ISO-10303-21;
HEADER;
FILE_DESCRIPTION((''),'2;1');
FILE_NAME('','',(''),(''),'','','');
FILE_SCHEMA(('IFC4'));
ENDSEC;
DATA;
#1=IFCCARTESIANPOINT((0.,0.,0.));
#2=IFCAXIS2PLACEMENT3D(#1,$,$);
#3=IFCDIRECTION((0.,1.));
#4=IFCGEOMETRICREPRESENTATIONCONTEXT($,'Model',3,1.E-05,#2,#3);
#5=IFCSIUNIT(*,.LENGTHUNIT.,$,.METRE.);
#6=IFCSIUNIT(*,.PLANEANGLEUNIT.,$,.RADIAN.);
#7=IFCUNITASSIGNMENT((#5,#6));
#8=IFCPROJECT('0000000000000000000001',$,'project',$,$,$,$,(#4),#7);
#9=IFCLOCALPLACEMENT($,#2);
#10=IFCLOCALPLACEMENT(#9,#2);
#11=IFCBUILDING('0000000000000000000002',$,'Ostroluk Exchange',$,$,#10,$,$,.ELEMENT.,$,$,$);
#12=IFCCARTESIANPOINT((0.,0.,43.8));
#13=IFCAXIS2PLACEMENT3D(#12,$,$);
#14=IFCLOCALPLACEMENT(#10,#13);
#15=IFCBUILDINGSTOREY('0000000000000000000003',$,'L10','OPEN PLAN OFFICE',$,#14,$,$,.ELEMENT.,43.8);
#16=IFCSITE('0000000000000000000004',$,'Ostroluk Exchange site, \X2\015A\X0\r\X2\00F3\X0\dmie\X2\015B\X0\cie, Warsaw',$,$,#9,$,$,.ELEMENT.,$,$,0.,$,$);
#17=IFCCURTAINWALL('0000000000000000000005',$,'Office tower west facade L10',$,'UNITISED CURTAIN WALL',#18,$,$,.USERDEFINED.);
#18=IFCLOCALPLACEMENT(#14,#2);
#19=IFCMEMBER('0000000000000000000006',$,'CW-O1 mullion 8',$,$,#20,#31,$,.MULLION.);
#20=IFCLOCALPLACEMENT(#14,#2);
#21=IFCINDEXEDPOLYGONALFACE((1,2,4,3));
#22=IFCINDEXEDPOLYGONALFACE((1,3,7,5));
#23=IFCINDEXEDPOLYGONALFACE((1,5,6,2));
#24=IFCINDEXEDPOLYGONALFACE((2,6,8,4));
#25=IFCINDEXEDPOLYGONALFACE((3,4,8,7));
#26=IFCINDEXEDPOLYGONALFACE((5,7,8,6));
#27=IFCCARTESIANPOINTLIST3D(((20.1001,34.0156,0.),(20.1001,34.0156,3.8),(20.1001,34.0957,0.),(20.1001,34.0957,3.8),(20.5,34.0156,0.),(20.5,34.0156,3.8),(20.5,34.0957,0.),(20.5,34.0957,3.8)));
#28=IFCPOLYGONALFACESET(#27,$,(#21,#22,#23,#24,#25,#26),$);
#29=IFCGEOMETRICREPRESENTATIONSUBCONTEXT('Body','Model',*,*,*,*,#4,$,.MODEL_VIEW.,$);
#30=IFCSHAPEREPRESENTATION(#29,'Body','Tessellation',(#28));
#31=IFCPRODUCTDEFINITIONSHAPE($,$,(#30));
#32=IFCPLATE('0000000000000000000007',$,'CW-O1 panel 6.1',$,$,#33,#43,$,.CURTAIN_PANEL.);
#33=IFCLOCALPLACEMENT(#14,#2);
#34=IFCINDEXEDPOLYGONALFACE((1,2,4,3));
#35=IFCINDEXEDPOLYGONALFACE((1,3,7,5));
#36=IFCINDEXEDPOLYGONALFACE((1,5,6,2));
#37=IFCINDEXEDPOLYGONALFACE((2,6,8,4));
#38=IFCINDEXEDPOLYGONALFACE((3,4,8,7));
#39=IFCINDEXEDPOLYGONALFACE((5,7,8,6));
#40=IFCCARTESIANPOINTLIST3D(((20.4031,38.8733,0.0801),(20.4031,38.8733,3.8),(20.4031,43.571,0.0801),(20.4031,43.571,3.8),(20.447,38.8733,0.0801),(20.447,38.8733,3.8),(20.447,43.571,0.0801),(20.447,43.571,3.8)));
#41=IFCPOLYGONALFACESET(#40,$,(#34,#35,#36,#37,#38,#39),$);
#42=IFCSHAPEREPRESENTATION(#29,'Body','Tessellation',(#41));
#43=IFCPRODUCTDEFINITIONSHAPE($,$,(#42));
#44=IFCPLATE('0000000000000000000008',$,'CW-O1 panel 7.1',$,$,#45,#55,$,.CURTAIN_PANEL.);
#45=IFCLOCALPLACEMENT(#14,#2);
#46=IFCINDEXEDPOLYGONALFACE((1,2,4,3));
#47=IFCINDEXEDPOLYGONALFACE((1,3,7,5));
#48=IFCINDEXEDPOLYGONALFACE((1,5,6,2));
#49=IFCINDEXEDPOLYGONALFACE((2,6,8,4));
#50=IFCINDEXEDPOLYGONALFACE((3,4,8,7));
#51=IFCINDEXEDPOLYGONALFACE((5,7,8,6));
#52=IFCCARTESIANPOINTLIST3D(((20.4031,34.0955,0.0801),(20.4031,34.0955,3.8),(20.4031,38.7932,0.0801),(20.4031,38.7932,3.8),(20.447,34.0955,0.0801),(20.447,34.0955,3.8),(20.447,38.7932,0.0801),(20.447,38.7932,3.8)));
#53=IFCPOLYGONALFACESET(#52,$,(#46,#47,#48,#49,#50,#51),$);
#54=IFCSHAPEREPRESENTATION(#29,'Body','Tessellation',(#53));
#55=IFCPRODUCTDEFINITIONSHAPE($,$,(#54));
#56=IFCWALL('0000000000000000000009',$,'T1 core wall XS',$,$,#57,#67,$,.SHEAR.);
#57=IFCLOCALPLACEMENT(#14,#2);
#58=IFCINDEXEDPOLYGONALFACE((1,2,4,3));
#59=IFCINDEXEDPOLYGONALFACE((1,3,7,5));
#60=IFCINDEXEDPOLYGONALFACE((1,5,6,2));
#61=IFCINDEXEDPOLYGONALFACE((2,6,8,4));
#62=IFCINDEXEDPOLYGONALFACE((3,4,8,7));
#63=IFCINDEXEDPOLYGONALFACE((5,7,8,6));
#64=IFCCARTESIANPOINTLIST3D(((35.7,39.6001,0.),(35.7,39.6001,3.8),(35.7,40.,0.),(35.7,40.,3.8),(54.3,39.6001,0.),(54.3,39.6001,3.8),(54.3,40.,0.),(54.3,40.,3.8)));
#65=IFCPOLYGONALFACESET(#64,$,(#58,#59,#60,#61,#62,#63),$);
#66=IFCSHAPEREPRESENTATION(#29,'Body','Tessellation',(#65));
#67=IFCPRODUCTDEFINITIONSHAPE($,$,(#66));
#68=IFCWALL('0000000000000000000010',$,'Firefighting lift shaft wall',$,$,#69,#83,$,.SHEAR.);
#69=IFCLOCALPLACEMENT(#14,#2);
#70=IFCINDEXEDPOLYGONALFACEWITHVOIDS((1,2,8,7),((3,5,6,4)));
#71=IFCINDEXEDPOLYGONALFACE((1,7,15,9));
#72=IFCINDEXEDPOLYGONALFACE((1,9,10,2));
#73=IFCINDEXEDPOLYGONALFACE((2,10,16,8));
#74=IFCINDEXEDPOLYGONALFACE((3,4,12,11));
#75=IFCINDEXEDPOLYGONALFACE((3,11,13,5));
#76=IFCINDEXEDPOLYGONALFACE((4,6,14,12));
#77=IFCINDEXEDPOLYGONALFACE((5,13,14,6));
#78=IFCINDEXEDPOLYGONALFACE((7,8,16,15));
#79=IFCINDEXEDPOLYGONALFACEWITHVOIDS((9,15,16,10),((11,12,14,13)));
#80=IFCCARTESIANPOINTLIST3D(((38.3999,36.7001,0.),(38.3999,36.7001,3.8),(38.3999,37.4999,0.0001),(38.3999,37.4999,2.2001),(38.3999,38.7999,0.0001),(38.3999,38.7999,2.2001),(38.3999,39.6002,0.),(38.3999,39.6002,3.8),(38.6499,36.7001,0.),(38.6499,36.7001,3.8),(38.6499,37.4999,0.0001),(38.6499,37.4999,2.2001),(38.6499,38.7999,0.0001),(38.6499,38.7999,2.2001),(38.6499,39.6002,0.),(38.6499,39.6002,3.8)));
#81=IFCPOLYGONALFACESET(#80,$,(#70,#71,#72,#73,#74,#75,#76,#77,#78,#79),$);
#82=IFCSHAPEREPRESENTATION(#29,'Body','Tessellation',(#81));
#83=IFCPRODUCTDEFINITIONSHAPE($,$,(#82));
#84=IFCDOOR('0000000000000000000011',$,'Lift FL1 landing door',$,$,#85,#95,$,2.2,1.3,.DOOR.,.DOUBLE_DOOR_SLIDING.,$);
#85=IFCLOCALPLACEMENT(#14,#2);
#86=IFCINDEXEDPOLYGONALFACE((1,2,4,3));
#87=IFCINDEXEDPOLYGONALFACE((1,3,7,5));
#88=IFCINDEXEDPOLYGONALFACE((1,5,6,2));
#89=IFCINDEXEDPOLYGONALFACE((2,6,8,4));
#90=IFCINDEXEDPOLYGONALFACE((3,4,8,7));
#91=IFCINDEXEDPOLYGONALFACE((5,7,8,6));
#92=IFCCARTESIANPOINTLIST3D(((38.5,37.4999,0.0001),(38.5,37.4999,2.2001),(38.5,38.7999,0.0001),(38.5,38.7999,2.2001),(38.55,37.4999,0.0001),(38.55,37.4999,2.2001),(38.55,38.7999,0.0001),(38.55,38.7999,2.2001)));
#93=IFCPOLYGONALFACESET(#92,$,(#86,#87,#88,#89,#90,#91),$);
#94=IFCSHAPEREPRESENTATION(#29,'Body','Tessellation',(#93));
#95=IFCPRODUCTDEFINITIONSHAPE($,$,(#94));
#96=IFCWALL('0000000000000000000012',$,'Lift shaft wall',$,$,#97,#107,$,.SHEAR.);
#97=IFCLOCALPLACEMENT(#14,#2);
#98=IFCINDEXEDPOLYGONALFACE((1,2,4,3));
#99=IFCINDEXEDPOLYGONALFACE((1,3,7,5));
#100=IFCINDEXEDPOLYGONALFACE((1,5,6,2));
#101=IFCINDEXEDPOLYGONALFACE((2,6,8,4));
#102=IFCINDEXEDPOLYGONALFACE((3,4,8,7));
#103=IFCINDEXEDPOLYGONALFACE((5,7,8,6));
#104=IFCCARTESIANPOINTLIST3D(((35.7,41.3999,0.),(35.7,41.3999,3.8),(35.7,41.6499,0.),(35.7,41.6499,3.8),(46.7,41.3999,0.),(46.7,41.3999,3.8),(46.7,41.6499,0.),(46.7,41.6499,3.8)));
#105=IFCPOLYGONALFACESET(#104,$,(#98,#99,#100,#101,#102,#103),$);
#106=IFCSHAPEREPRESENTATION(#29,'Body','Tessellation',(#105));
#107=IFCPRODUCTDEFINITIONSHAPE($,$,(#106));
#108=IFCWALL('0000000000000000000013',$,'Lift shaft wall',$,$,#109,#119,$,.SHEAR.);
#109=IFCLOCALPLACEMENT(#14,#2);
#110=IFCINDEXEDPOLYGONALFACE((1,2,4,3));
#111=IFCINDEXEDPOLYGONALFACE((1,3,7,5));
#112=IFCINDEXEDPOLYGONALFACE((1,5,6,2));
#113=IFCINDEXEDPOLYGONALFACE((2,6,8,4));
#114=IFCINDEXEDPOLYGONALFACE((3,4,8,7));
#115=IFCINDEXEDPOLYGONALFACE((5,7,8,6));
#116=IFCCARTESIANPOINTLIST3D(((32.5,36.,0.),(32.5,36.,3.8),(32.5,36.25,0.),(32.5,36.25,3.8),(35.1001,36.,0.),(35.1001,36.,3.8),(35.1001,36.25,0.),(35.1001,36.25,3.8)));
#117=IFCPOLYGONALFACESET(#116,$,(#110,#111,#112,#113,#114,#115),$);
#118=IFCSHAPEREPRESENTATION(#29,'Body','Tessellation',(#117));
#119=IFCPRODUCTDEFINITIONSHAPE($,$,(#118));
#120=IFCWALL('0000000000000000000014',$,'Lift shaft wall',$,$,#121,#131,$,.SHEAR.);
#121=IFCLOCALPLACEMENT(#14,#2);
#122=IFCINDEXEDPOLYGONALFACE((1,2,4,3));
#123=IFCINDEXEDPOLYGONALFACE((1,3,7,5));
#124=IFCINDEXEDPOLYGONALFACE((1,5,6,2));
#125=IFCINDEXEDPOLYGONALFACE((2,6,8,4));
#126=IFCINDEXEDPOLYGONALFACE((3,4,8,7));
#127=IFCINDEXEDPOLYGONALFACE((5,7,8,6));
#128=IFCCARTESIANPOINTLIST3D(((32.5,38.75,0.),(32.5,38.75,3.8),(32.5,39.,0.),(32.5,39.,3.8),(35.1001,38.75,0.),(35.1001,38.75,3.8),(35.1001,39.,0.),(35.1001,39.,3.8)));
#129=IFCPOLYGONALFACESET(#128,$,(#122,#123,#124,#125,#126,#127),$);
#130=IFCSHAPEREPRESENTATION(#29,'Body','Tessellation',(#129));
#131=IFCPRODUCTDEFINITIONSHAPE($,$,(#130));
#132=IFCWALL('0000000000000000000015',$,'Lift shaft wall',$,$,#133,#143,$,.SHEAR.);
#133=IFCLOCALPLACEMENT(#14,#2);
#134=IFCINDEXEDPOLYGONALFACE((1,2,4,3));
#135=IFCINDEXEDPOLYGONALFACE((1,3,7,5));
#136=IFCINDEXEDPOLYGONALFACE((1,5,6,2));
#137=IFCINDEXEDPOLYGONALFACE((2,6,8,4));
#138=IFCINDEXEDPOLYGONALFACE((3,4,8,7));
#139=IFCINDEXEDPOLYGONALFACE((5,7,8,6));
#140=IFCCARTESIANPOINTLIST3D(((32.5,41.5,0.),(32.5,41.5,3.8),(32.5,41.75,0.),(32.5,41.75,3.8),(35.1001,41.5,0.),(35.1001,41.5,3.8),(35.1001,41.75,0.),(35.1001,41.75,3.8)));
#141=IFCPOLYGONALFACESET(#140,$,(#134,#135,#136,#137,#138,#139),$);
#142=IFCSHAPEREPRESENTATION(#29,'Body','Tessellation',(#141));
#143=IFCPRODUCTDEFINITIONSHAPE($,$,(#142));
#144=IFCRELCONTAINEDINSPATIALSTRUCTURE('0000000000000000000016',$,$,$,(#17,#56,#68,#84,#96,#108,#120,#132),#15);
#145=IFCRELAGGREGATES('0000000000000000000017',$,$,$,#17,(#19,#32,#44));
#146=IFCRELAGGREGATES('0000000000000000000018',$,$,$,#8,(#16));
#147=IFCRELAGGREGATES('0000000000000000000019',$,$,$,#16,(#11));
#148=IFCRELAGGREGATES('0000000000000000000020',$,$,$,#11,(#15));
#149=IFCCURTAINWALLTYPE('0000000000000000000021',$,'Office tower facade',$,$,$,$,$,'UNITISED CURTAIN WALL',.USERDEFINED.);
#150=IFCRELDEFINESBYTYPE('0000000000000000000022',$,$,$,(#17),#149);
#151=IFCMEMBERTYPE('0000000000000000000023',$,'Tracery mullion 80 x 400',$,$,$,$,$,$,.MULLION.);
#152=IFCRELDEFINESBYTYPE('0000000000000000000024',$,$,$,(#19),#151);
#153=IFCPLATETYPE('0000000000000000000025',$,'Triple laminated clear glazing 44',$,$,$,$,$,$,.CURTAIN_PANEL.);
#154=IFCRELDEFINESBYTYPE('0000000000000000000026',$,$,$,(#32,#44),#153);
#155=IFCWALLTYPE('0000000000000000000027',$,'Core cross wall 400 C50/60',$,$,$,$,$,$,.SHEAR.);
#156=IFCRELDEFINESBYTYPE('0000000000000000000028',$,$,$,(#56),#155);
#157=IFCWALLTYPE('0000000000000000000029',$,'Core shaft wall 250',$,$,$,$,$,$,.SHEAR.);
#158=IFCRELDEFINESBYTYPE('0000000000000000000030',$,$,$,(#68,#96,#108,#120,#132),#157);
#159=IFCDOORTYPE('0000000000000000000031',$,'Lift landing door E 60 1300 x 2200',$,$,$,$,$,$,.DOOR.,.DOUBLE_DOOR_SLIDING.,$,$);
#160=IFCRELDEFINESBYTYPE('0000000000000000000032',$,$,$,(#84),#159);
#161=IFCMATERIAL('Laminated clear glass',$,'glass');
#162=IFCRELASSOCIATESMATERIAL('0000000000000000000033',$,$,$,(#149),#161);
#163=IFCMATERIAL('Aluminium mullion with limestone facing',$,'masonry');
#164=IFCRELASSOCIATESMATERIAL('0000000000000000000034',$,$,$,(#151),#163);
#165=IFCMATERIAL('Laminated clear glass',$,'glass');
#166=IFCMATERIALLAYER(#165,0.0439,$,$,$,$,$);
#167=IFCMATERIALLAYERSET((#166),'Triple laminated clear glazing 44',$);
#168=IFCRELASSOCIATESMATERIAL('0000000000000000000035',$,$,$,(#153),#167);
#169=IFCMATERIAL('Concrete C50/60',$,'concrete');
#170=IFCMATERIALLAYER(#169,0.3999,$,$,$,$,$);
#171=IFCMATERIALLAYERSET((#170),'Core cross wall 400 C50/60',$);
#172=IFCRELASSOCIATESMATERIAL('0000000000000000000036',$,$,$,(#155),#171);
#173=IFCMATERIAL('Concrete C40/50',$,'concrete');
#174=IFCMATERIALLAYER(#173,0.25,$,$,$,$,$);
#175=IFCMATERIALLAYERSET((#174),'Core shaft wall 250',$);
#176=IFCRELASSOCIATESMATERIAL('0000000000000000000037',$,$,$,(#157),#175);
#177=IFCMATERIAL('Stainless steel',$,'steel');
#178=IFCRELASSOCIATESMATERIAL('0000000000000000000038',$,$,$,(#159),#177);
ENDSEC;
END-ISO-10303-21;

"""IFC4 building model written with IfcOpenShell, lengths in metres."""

from ifc_helpers import new_model, si_unit, direction, frame, frame_2d, origin, origin_2d, place, context, subcontext, project, spatial, rectangle, extrude, material, layer, layer_set, material_profile, profile_set, type_object, element, fill, aggregate, save


model = new_model("IFC4")

# Units and contexts
model_context = context("Model", 3, precision=1e-05, world=origin(), true_north=direction((0.0, 1.0)))
body_context = subcontext(model_context, "Body", "Model", "MODEL_VIEW")
ifc_project = project(units=[si_unit("LENGTHUNIT", "METRE"), si_unit("PLANEANGLEUNIT", "RADIAN")], contexts=[model_context])

# Site, building, storey
site_placement = place(None, origin())
site = spatial("IfcSite", under=ifc_project, at=site_placement, Name="Ostroluk Exchange site, Śródmieście, Warsaw", CompositionType="ELEMENT", RefElevation=0.0)
building_placement = place(site_placement, origin())
building = spatial("IfcBuilding", under=site, at=building_placement, Name="Ostroluk Exchange", CompositionType="ELEMENT")
storey_placement = place(building_placement, frame((0.0, 0.0, 43.8)))
storey = spatial("IfcBuildingStorey", under=building, at=storey_placement, Name="L10", Description="OPEN PLAN OFFICE", CompositionType="ELEMENT", Elevation=43.8)

# Curtain wall, member, plates
ifc_material_1 = material(Name="Laminated clear glass", Category="glass")
curtain_wall_type = type_object("IfcCurtainWallType", Name="Office tower facade", ElementType="UNITISED CURTAIN WALL", PredefinedType="USERDEFINED", material=ifc_material_1)
curtain_wall_placement = place(storey_placement, origin())
curtain_wall = element("IfcCurtainWall", 1, at=curtain_wall_placement, inside=storey, type_object=curtain_wall_type, Name="Office tower west facade L10", ObjectType="UNITISED CURTAIN WALL", PredefinedType="USERDEFINED")
ifc_material_2 = material(Name="Aluminium mullion with limestone facing", Category="masonry")
ifc_material_profile_1 = material_profile(ifc_material_2, rectangle(XDim=0.3999, YDim=0.0801, at=origin_2d()), Name="Tracery mullion 80 x 400")
ifc_profile_set_1 = profile_set([ifc_material_profile_1], Name="Aluminium mullion with limestone facing")
member_type_1 = type_object("IfcMemberType", Name="Tracery mullion 80 x 400", PredefinedType="MULLION", material=ifc_profile_set_1)
member_1_placement = place(storey_placement, frame((20.3, 34.0557, 0.0), z_axis=(0.0, 0.0, 1.0), x_axis=(1.0, 0.0, 0.0)))
member_1 = element("IfcMember", 2, at=member_1_placement, type_object=member_type_1, Name="CW-O1 mullion 8", PredefinedType="MULLION", context=body_context, shape_type="SweptSolid", body=[
    extrude(rectangle(XDim=0.3999, YDim=0.0801, at=origin_2d()), origin(), (0.0, 0.0, 1.0), 3.8),
])
ifc_material_3 = material(Name="Laminated clear glass", Category="glass")
ifc_layer_1 = layer(ifc_material_3, 0.0439)
ifc_layer_set_1 = layer_set([ifc_layer_1], Name="Triple laminated clear glazing 44")
plate_type = type_object("IfcPlateType", Name="Triple laminated clear glazing 44", PredefinedType="CURTAIN_PANEL", material=ifc_layer_set_1)
plate_1_placement = place(storey_placement, frame((20.425, 41.2222, 0.0801), z_axis=(0.0, 0.0, 1.0), x_axis=(0.0, -1.0, 0.0)))
plate_1 = element("IfcPlate", 3, at=plate_1_placement, type_object=plate_type, Name="CW-O1 panel 6.1", PredefinedType="CURTAIN_PANEL", context=body_context, shape_type="SweptSolid", body=[
    extrude(rectangle(XDim=4.6978, YDim=0.0439, at=origin_2d()), origin(), (0.0, 0.0, 1.0), 3.72),
])
plate_2_placement = place(storey_placement, frame((20.425, 36.4443, 0.0801), z_axis=(0.0, 0.0, 1.0), x_axis=(0.0, -1.0, 0.0)))
plate_2 = element("IfcPlate", 4, at=plate_2_placement, type_object=plate_type, Name="CW-O1 panel 7.1", PredefinedType="CURTAIN_PANEL", context=body_context, shape_type="SweptSolid", body=[
    extrude(rectangle(XDim=4.6978, YDim=0.0439, at=origin_2d()), origin(), (0.0, 0.0, 1.0), 3.72),
])
aggregate(curtain_wall, [member_1, plate_1, plate_2])

# Wall
ifc_material_4 = material(Name="Concrete C50/60", Category="concrete")
ifc_layer_2 = layer(ifc_material_4, 0.3999)
ifc_layer_set_2 = layer_set([ifc_layer_2], Name="Core cross wall 400 C50/60")
wall_type_1 = type_object("IfcWallType", Name="Core cross wall 400 C50/60", PredefinedType="SHEAR", material=ifc_layer_set_2)
wall_1_placement = place(storey_placement, frame((35.7, 39.8, 0.0), z_axis=(0.0, 0.0, 1.0), x_axis=(1.0, 0.0, 0.0)))
element("IfcWall", 5, at=wall_1_placement, inside=storey, type_object=wall_type_1, Name="T1 core wall XS", PredefinedType="SHEAR", context=body_context, shape_type="SweptSolid", body=[
    extrude(rectangle(XDim=18.6001, YDim=0.3999, at=frame_2d((9.3, 0.0))), origin(), (0.0, 0.0, 1.0), 3.8),
])

# Wall, opening, door
ifc_material_5 = material(Name="Concrete C40/50", Category="concrete")
ifc_layer_3 = layer(ifc_material_5, 0.25)
ifc_layer_set_3 = layer_set([ifc_layer_3], Name="Core shaft wall 250")
wall_type_2 = type_object("IfcWallType", Name="Core shaft wall 250", PredefinedType="SHEAR", material=ifc_layer_set_3)
wall_2_placement = place(storey_placement, frame((38.5249, 36.7, 0.0), z_axis=(0.0, 0.0, 1.0), x_axis=(0.0, 1.0, 0.0)))
wall_2 = element("IfcWall", 6, at=wall_2_placement, inside=storey, type_object=wall_type_2, Name="Firefighting lift shaft wall", PredefinedType="SHEAR", context=body_context, shape_type="SweptSolid", body=[
    extrude(rectangle(XDim=2.9001, YDim=0.25, at=frame_2d((1.4502, 0.0))), origin(), (0.0, 0.0, 1.0), 3.8),
])
opening_1_placement = place(wall_2_placement, frame((0.8, 0.0, 0.0)))
opening_1 = element("IfcOpeningElement", 7, at=opening_1_placement, cuts=wall_2, PredefinedType="OPENING", context=body_context, shape_type="SweptSolid", body=[
    extrude(rectangle(XDim=1.3, YDim=2.2, at=frame_2d((0.6499, 1.1001))), frame((0.0, 0.135, 0.0), z_axis=(0.0, -1.0, 0.0), x_axis=(1.0, 0.0, 0.0)), (0.0, 0.0, 1.0), 0.27),
])
ifc_material_6 = material(Name="Stainless steel", Category="steel")
door_type_1 = type_object("IfcDoorType", Name="Lift landing door E 60 1300 x 2200", OperationType="DOUBLE_DOOR_SLIDING", PredefinedType="DOOR", material=ifc_material_6)
door_1_placement = place(opening_1_placement, origin())
door_1 = element("IfcDoor", 8, at=door_1_placement, inside=storey, type_object=door_type_1, Name="Lift FL1 landing door", OperationType="DOUBLE_DOOR_SLIDING", OverallHeight=2.2, OverallWidth=1.3, PredefinedType="DOOR", context=body_context, shape_type="SweptSolid", body=[
    extrude(rectangle(XDim=1.3, YDim=2.2, at=frame_2d((0.6499, 1.1001))), frame((0.0, 0.0249, 0.0), z_axis=(0.0, -1.0, 0.0), x_axis=(1.0, 0.0, 0.0)), (0.0, 0.0, 1.0), 0.05),
])
fill(opening_1, door_1)

# Walls
wall_3_placement = place(storey_placement, frame((35.7, 41.5249, 0.0), z_axis=(0.0, 0.0, 1.0), x_axis=(1.0, 0.0, 0.0)))
element("IfcWall", 9, at=wall_3_placement, inside=storey, type_object=wall_type_2, Name="Lift shaft wall", PredefinedType="SHEAR", context=body_context, shape_type="SweptSolid", body=[
    extrude(rectangle(XDim=11.0, YDim=0.25, at=frame_2d((5.5, 0.0))), origin(), (0.0, 0.0, 1.0), 3.8),
])
for number, where, z_axis, x_axis, name in (
    (10, (32.5, 36.125, 0.0), (0.0, 0.0, 1.0), (1.0, 0.0, 0.0), "Lift shaft wall"),
    (11, (32.5, 38.875, 0.0), (0.0, 0.0, 1.0), (1.0, 0.0, 0.0), "Lift shaft wall"),
    (12, (32.5, 41.625, 0.0), (0.0, 0.0, 1.0), (1.0, 0.0, 0.0), "Lift shaft wall"),
):
    element("IfcWall", number, at=place(storey_placement, frame(where, z_axis=z_axis, x_axis=x_axis)), inside=storey, type_object=wall_type_2, Name=name, PredefinedType="SHEAR", context=body_context, shape_type="SweptSolid", body=[
        extrude(rectangle(XDim=2.6001, YDim=0.25, at=frame_2d((1.3, 0.0))), origin(), (0.0, 0.0, 1.0), 3.8),
    ])

save(model, "model.ifc")
